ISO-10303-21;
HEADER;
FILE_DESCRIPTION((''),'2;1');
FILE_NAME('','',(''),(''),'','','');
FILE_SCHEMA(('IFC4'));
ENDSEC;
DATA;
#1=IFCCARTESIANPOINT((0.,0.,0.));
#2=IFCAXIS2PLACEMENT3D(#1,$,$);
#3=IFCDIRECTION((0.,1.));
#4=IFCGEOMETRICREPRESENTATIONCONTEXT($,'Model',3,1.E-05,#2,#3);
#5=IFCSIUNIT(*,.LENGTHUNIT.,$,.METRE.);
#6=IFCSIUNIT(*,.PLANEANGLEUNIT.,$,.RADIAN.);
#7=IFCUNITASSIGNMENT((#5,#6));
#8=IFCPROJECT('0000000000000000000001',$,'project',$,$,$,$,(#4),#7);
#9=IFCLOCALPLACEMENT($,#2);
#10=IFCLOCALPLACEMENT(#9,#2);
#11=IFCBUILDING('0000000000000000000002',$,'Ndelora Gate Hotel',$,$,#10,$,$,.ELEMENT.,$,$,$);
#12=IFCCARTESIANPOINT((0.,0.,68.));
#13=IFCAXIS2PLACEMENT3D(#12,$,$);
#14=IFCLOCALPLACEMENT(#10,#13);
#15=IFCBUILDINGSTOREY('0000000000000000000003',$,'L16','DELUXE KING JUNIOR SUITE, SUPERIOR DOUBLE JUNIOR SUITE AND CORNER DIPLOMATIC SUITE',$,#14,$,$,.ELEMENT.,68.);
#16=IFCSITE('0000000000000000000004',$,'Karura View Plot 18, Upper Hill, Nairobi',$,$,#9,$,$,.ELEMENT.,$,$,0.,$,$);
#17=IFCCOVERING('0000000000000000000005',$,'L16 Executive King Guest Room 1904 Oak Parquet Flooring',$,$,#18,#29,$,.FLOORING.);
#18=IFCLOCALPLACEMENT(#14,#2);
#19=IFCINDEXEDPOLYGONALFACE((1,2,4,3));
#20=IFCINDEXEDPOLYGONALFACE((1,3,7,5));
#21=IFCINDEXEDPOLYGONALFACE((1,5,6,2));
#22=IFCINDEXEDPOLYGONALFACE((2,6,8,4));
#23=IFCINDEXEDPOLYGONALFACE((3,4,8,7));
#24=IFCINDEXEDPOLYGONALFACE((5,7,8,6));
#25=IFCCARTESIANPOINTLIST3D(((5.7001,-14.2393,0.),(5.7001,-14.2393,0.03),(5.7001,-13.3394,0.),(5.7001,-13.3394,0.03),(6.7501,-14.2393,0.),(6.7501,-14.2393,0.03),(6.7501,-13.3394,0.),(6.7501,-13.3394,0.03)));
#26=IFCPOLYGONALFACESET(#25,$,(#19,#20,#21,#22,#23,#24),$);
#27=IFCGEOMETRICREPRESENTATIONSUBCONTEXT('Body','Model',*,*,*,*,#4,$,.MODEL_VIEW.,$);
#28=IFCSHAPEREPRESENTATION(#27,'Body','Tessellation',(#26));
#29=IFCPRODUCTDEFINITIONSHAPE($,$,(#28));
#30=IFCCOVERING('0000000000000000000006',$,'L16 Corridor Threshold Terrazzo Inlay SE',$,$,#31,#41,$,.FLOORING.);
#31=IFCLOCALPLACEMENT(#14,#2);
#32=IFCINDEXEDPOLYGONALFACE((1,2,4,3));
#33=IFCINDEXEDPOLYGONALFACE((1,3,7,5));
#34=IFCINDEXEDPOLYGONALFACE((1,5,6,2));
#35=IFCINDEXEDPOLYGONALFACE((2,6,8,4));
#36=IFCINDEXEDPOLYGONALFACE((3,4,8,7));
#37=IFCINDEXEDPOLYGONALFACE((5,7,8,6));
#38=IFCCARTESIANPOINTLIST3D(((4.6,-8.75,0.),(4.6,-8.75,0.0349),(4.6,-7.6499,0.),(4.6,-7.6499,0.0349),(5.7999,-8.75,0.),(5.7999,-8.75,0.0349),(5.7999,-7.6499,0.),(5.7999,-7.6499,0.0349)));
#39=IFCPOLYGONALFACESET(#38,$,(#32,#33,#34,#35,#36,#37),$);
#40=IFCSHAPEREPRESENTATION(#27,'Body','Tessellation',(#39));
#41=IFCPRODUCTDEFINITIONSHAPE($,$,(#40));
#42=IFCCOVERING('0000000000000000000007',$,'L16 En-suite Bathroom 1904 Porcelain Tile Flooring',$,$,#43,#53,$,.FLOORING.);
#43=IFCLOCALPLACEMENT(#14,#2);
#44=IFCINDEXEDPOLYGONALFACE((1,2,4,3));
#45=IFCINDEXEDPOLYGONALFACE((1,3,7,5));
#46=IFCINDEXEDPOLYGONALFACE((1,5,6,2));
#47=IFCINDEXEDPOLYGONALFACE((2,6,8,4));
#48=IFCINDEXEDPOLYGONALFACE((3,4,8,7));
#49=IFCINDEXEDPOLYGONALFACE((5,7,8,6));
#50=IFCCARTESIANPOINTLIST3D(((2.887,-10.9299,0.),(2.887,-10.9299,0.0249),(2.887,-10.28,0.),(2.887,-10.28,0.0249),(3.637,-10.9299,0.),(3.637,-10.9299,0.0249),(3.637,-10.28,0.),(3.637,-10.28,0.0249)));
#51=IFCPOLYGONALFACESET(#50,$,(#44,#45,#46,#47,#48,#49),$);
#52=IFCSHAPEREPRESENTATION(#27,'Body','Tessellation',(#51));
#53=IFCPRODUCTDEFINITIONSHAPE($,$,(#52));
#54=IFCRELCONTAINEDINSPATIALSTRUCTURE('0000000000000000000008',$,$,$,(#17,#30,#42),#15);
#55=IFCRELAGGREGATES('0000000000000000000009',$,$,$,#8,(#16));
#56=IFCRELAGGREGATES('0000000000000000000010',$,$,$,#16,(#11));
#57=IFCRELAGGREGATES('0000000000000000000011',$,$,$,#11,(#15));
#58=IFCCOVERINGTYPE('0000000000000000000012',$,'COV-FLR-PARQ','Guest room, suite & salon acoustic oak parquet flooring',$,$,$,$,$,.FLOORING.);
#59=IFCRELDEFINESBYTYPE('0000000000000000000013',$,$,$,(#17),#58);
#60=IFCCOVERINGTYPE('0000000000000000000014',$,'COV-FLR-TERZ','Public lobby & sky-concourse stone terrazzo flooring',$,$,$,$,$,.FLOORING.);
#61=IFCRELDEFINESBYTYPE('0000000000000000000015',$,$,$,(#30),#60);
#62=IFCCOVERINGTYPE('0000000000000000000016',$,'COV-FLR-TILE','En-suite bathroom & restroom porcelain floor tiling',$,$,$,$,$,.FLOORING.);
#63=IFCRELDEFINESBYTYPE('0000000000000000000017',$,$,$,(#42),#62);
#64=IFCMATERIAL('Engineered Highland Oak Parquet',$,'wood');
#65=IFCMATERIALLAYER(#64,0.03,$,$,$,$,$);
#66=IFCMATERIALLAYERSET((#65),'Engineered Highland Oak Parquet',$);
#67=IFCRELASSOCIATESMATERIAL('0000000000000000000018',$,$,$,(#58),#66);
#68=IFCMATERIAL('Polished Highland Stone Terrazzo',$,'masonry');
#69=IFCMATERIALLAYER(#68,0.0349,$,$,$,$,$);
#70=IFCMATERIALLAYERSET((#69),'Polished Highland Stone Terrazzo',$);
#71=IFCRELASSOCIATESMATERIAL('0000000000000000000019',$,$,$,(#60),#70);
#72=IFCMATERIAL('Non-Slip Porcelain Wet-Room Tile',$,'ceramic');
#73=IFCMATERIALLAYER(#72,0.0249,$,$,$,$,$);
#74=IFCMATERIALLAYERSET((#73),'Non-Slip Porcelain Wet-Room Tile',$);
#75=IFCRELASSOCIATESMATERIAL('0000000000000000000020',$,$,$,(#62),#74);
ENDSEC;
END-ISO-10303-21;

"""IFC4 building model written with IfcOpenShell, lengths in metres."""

from ifc_helpers import new_model, si_unit, direction, frame, origin, origin_2d, place, context, subcontext, project, spatial, rectangle, extrude, material, layer, layer_set, type_object, element, save


model = new_model("IFC4")

# Units and contexts
model_context = context("Model", 3, precision=1e-05, world=origin(), true_north=direction((0.0, 1.0)))
body_context = subcontext(model_context, "Body", "Model", "MODEL_VIEW")
ifc_project = project(units=[si_unit("LENGTHUNIT", "METRE"), si_unit("PLANEANGLEUNIT", "RADIAN")], contexts=[model_context])

# Site, building, storey
site_placement = place(None, origin())
site = spatial("IfcSite", under=ifc_project, at=site_placement, Name="Karura View Plot 18, Upper Hill, Nairobi", CompositionType="ELEMENT", RefElevation=0.0)
building_placement = place(site_placement, origin())
building = spatial("IfcBuilding", under=site, at=building_placement, Name="Ndelora Gate Hotel", CompositionType="ELEMENT")
storey_placement = place(building_placement, frame((0.0, 0.0, 68.0)))
storey = spatial("IfcBuildingStorey", under=building, at=storey_placement, Name="L16", Description="DELUXE KING JUNIOR SUITE, SUPERIOR DOUBLE JUNIOR SUITE AND CORNER DIPLOMATIC SUITE", CompositionType="ELEMENT", Elevation=68.0)

# Coverings
ifc_material_1 = material(Name="Engineered Highland Oak Parquet", Category="wood")
ifc_layer_1 = layer(ifc_material_1, 0.03)
ifc_layer_set_1 = layer_set([ifc_layer_1], Name="Engineered Highland Oak Parquet")
covering_type_1 = type_object("IfcCoveringType", Name="COV-FLR-PARQ", Description="Guest room, suite & salon acoustic oak parquet flooring", PredefinedType="FLOORING", material=ifc_layer_set_1)
for number, where, z_axis, x_axis, name in (
    (1, (6.2251, -13.7893, 0.0), (0.0, 0.0, 1.0), (1.0, 0.0, 0.0), "L16 Executive King Guest Room 1904 Oak Parquet Flooring"),
):
    element("IfcCovering", number, at=place(storey_placement, frame(where, z_axis=z_axis, x_axis=x_axis)), inside=storey, type_object=covering_type_1, Name=name, PredefinedType="FLOORING", context=body_context, shape_type="SweptSolid", body=[
        extrude(rectangle(XDim=1.05, YDim=0.8999, at=origin_2d()), origin(), (0.0, 0.0, 1.0), 0.03),
    ])
ifc_material_2 = material(Name="Polished Highland Stone Terrazzo", Category="masonry")
ifc_layer_2 = layer(ifc_material_2, 0.0349)
ifc_layer_set_2 = layer_set([ifc_layer_2], Name="Polished Highland Stone Terrazzo")
covering_type_2 = type_object("IfcCoveringType", Name="COV-FLR-TERZ", Description="Public lobby & sky-concourse stone terrazzo flooring", PredefinedType="FLOORING", material=ifc_layer_set_2)
covering_1_placement = place(storey_placement, frame((5.2, -8.2, 0.0), z_axis=(0.0, 0.0, 1.0), x_axis=(1.0, 0.0, 0.0)))
element("IfcCovering", 2, at=covering_1_placement, inside=storey, type_object=covering_type_2, Name="L16 Corridor Threshold Terrazzo Inlay SE", PredefinedType="FLOORING", context=body_context, shape_type="SweptSolid", body=[
    extrude(rectangle(XDim=1.2, YDim=1.1001, at=origin_2d()), origin(), (0.0, 0.0, 1.0), 0.0349),
])
ifc_material_3 = material(Name="Non-Slip Porcelain Wet-Room Tile", Category="ceramic")
ifc_layer_3 = layer(ifc_material_3, 0.0249)
ifc_layer_set_3 = layer_set([ifc_layer_3], Name="Non-Slip Porcelain Wet-Room Tile")
covering_type_3 = type_object("IfcCoveringType", Name="COV-FLR-TILE", Description="En-suite bathroom & restroom porcelain floor tiling", PredefinedType="FLOORING", material=ifc_layer_set_3)
covering_2_placement = place(storey_placement, frame((3.262, -10.605, 0.0), z_axis=(0.0, 0.0, 1.0), x_axis=(1.0, 0.0, 0.0)))
element("IfcCovering", 3, at=covering_2_placement, inside=storey, type_object=covering_type_3, Name="L16 En-suite Bathroom 1904 Porcelain Tile Flooring", PredefinedType="FLOORING", context=body_context, shape_type="SweptSolid", body=[
    extrude(rectangle(XDim=0.75, YDim=0.6499, at=origin_2d()), origin(), (0.0, 0.0, 1.0), 0.0249),
])

save(model, "model.ifc")
